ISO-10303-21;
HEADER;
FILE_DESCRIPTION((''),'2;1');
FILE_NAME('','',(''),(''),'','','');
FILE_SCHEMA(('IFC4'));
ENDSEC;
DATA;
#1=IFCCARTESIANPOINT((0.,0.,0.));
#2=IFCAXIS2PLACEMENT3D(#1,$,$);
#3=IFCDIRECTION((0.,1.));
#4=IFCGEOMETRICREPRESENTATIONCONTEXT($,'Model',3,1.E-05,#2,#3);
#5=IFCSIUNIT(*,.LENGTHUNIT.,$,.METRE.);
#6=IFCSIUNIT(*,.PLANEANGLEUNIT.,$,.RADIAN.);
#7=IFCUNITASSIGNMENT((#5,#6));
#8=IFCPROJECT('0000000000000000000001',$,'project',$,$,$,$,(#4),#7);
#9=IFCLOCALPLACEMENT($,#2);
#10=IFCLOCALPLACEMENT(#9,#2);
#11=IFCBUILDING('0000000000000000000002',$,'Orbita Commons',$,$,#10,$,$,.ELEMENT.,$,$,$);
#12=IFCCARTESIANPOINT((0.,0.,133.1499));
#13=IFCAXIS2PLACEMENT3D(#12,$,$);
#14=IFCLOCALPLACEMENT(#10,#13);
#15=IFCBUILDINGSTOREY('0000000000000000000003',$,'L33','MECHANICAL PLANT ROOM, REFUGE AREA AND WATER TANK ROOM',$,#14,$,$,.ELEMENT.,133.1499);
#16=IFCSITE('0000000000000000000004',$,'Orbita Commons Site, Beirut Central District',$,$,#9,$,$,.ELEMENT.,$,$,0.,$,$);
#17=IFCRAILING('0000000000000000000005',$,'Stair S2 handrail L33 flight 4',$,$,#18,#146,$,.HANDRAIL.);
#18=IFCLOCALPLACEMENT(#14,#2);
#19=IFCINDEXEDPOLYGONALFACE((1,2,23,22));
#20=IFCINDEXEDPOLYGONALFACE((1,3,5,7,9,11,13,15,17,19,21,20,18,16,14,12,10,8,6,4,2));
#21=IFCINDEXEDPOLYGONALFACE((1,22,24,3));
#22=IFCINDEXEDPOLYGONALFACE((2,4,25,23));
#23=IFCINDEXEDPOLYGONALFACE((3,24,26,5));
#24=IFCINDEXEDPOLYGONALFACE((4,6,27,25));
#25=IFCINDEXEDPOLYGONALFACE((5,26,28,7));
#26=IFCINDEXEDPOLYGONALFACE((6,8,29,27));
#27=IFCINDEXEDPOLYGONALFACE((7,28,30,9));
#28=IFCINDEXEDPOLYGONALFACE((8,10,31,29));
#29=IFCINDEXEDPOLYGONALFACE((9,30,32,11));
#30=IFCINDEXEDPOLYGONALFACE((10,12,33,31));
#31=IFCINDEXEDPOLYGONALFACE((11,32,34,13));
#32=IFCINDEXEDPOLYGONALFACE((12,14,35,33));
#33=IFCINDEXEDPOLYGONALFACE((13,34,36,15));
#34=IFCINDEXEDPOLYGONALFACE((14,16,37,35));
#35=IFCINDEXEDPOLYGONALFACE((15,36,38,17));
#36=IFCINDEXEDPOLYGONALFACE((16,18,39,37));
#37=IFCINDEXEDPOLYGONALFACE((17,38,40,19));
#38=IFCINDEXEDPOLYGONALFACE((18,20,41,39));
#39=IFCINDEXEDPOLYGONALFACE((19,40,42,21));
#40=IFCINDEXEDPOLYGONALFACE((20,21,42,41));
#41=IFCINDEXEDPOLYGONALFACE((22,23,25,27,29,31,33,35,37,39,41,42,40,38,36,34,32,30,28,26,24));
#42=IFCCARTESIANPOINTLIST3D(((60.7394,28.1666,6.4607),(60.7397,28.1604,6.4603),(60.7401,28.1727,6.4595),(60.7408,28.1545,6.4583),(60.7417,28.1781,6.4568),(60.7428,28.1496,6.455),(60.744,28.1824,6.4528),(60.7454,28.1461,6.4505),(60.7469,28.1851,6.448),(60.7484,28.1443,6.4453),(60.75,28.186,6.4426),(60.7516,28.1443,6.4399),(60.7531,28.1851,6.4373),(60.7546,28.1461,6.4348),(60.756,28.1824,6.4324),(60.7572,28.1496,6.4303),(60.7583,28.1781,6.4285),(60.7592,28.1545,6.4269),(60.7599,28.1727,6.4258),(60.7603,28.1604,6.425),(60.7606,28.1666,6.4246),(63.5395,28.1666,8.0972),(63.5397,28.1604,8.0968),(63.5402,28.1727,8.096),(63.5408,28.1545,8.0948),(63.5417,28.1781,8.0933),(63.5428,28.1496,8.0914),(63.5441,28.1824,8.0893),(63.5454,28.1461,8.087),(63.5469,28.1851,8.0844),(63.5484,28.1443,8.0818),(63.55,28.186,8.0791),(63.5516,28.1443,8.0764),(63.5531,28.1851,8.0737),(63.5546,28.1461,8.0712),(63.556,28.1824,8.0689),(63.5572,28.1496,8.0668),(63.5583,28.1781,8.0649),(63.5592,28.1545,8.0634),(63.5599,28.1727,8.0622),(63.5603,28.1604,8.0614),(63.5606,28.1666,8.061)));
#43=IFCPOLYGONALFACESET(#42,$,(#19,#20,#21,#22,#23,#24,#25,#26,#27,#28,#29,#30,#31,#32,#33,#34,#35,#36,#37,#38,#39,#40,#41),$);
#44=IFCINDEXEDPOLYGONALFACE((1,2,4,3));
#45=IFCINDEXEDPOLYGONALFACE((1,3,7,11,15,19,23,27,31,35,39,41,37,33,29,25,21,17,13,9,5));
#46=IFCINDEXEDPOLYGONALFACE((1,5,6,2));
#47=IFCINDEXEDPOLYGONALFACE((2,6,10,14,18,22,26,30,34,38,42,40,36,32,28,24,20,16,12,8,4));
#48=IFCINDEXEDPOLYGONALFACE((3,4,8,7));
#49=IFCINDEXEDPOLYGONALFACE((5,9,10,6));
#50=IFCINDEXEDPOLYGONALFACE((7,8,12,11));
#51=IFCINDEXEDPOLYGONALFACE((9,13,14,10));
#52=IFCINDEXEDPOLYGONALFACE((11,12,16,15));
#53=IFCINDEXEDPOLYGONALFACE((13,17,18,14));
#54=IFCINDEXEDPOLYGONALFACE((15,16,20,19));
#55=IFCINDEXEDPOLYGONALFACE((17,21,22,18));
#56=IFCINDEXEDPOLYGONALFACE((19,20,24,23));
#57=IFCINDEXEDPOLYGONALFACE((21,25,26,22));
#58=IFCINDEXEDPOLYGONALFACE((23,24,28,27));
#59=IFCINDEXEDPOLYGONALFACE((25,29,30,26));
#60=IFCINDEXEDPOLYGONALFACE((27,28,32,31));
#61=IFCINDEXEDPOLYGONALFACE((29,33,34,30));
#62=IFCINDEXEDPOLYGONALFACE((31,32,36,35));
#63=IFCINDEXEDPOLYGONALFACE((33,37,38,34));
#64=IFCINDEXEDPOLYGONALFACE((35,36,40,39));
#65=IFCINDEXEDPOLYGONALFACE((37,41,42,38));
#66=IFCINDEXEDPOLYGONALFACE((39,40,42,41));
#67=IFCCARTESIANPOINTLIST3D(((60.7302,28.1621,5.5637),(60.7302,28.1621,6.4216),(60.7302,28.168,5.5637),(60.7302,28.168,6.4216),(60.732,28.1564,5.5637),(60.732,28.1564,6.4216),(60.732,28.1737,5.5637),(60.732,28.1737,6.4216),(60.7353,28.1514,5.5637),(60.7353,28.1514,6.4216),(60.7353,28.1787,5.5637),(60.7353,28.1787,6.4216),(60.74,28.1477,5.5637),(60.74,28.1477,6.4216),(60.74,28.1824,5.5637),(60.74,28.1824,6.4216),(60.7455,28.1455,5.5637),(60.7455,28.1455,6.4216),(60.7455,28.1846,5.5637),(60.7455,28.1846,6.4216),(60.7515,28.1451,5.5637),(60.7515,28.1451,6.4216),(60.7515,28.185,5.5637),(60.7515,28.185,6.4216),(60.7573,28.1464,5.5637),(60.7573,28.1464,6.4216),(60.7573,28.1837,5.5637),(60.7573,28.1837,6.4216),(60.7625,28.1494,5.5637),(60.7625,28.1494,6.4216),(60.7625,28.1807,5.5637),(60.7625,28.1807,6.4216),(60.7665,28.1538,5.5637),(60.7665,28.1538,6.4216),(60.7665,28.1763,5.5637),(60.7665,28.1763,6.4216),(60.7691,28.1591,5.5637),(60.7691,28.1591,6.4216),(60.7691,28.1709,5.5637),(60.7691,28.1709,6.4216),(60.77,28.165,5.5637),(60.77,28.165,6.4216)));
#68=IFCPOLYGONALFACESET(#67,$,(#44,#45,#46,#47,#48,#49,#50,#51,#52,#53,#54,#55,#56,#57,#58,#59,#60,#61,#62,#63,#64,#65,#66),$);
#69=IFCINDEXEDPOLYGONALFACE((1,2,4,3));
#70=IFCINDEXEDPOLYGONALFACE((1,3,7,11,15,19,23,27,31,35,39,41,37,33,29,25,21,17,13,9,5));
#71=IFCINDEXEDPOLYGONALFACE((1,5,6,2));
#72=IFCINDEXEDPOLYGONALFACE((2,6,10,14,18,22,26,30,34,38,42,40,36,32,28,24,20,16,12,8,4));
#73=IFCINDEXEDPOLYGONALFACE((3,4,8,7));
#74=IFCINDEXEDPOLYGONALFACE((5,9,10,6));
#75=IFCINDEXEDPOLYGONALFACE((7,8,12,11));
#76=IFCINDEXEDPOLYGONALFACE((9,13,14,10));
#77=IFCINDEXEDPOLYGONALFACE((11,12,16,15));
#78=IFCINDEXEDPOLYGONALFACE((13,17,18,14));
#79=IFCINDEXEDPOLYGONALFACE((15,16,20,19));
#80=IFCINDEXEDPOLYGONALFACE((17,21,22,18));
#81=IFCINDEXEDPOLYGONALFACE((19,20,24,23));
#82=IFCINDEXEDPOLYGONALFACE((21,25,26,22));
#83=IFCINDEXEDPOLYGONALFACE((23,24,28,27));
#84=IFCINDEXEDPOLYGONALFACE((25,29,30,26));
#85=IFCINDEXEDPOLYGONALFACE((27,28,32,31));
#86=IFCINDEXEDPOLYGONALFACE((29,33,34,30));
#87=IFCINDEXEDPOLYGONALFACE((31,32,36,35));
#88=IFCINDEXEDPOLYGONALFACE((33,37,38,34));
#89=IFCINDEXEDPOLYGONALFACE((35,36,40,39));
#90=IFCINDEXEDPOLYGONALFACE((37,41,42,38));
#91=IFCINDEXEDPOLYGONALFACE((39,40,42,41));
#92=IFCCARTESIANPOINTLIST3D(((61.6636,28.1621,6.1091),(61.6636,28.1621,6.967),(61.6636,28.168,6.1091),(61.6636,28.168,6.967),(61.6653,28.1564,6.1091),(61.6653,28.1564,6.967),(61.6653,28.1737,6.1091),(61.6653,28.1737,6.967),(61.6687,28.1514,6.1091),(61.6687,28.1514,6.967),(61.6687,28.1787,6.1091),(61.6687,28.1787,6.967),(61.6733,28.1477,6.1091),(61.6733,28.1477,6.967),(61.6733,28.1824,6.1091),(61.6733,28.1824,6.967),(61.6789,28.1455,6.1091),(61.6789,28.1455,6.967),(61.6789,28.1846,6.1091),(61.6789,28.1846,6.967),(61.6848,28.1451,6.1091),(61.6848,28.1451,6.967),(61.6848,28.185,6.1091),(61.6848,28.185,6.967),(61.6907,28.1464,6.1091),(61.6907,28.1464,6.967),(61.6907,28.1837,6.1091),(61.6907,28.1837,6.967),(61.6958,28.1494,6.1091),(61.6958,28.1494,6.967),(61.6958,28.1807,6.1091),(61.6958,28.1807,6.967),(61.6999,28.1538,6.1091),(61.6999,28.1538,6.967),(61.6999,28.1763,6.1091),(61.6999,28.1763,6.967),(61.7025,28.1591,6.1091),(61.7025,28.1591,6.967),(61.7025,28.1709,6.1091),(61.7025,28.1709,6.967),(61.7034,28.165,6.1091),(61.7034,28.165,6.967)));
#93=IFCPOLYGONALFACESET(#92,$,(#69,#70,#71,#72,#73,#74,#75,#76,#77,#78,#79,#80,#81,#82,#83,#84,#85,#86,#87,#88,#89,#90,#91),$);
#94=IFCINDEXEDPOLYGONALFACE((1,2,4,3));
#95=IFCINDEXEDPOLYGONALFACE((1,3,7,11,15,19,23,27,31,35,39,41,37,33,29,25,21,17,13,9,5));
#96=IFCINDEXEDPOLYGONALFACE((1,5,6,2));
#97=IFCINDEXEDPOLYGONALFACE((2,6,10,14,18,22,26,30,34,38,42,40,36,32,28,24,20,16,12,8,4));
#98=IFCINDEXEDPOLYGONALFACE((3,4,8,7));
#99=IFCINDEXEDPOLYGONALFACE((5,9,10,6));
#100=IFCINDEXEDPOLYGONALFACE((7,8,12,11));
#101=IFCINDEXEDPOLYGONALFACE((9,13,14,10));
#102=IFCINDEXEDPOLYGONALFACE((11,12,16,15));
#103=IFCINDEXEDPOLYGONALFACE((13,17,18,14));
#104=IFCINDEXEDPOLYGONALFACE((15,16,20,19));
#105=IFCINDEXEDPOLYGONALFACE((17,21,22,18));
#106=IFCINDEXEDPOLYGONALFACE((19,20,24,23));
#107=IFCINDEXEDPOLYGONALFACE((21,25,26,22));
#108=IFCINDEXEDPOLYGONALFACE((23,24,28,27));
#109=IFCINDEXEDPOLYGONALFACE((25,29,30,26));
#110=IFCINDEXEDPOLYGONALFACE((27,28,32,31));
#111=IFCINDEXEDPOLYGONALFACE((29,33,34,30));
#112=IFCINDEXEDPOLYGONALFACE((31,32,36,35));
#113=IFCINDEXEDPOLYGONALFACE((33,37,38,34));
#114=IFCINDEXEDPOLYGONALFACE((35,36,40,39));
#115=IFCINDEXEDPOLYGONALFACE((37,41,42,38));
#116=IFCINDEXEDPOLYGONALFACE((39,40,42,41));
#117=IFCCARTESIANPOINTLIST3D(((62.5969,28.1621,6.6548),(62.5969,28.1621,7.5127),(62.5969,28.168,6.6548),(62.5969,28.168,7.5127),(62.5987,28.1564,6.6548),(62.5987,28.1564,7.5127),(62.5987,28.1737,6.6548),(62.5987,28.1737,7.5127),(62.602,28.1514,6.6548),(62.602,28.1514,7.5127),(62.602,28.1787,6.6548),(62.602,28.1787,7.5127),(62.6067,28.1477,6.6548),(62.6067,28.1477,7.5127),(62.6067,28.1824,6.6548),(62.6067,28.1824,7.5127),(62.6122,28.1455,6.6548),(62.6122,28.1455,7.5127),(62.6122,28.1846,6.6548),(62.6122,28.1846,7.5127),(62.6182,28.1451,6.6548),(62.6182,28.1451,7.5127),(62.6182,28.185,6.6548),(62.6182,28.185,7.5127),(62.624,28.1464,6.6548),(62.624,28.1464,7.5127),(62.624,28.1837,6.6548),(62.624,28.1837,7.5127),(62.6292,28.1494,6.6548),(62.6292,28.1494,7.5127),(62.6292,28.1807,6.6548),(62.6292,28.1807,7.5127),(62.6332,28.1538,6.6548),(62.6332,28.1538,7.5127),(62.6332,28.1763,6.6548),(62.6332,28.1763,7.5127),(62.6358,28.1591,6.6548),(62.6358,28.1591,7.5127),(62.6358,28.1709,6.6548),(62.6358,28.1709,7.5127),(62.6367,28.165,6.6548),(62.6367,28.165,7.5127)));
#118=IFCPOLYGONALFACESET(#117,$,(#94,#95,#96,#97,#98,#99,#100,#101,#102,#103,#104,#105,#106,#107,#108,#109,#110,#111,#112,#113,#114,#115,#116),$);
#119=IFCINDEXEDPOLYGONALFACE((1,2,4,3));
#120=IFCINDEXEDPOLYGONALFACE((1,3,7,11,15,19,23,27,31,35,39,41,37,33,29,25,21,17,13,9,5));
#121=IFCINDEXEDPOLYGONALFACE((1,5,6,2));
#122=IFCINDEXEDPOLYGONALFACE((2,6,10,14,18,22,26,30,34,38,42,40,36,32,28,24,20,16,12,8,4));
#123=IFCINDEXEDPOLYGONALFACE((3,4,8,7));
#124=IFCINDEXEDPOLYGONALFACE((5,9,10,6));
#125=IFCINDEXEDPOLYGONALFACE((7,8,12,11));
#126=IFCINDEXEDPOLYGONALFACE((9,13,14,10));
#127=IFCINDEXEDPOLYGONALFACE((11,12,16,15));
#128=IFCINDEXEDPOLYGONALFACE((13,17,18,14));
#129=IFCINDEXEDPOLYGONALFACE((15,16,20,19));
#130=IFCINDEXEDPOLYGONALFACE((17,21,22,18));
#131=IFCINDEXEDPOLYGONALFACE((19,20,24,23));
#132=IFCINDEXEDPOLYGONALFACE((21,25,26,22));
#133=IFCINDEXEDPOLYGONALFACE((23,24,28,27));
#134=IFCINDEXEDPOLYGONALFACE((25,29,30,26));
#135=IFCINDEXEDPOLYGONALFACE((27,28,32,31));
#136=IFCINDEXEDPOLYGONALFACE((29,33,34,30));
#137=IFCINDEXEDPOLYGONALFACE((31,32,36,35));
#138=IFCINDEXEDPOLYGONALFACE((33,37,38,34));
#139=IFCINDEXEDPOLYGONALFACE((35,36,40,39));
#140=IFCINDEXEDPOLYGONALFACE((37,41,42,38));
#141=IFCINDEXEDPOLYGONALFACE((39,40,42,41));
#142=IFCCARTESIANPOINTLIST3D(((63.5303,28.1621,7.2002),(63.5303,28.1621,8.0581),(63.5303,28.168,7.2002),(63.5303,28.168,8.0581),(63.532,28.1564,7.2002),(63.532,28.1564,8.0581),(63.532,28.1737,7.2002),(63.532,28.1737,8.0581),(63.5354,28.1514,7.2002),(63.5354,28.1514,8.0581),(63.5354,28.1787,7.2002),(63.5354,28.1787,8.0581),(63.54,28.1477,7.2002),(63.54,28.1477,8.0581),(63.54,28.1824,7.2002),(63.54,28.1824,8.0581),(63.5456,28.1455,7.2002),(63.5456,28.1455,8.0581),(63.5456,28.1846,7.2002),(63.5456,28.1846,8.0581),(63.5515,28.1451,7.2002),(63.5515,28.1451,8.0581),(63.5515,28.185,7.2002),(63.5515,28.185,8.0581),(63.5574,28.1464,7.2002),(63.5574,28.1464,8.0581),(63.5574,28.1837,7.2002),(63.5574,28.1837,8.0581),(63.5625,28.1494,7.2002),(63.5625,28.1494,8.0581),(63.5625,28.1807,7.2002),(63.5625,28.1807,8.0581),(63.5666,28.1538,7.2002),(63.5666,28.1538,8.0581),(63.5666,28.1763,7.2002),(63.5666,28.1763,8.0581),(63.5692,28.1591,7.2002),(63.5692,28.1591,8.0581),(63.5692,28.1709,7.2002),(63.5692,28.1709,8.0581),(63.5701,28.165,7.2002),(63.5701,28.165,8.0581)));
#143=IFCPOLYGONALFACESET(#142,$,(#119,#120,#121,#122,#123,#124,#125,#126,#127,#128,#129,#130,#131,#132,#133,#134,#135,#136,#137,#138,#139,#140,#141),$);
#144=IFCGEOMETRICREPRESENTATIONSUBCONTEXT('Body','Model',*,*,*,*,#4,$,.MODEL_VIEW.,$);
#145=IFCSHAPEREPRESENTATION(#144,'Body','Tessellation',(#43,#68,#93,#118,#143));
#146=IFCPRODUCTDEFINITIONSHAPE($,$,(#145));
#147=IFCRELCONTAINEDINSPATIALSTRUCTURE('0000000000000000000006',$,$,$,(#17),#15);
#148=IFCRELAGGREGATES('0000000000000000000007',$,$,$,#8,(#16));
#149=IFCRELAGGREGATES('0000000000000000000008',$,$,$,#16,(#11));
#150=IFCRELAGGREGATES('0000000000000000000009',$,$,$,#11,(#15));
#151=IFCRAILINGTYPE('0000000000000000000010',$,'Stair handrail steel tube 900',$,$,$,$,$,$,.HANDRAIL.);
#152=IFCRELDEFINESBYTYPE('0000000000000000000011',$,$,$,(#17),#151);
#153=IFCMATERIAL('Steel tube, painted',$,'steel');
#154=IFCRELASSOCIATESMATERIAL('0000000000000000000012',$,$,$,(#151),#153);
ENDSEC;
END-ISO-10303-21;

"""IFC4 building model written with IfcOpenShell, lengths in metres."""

from ifc_helpers import new_model, si_unit, direction, frame, origin, origin_2d, place, context, subcontext, project, spatial, circle, extrude, material, type_object, element, save


model = new_model("IFC4")

# Units and contexts
model_context = context("Model", 3, precision=1e-05, world=origin(), true_north=direction((0.0, 1.0)))
body_context = subcontext(model_context, "Body", "Model", "MODEL_VIEW")
ifc_project = project(units=[si_unit("LENGTHUNIT", "METRE"), si_unit("PLANEANGLEUNIT", "RADIAN")], contexts=[model_context])

# Site, building, storey
site_placement = place(None, origin())
site = spatial("IfcSite", under=ifc_project, at=site_placement, Name="Orbita Commons Site, Beirut Central District", CompositionType="ELEMENT", RefElevation=0.0)
building_placement = place(site_placement, origin())
building = spatial("IfcBuilding", under=site, at=building_placement, Name="Orbita Commons", CompositionType="ELEMENT")
storey_placement = place(building_placement, frame((0.0, 0.0, 133.1499)))
storey = spatial("IfcBuildingStorey", under=building, at=storey_placement, Name="L33", Description="MECHANICAL PLANT ROOM, REFUGE AREA AND WATER TANK ROOM", CompositionType="ELEMENT", Elevation=133.1499)

# Railing
ifc_material_1 = material(Name="Steel tube, painted", Category="steel")
railing_type = type_object("IfcRailingType", Name="Stair handrail steel tube 900", PredefinedType="HANDRAIL", material=ifc_material_1)
for number, where, name in (
    (1, (60.75, 28.165, 5.5637), "Stair S2 handrail L33 flight 4"),
):
    element("IfcRailing", number, at=place(storey_placement, frame(where)), inside=storey, type_object=railing_type, Name=name, PredefinedType="HANDRAIL", context=body_context, shape_type="SweptSolid", body=[
        extrude(circle(Radius=0.021, at=origin_2d()), frame((0.0, 0.0, 0.8789), z_axis=(0.863361, 0.0, 0.504587), x_axis=(0.0, 1.0, 0.0)), (0.0, 0.0, 1.0), 3.2432),
        extrude(circle(Radius=0.02, at=origin_2d()), origin(), (0.0, 0.0, 1.0), 0.8579),
        extrude(circle(Radius=0.02, at=origin_2d()), frame((0.9333, 0.0, 0.5454)), (0.0, 0.0, 1.0), 0.8579),
        extrude(circle(Radius=0.02, at=origin_2d()), frame((1.8667, 0.0, 1.0911)), (0.0, 0.0, 1.0), 0.8579),
        extrude(circle(Radius=0.02, at=origin_2d()), frame((2.8, 0.0, 1.6365)), (0.0, 0.0, 1.0), 0.8579),
    ])

save(model, "model.ifc")
